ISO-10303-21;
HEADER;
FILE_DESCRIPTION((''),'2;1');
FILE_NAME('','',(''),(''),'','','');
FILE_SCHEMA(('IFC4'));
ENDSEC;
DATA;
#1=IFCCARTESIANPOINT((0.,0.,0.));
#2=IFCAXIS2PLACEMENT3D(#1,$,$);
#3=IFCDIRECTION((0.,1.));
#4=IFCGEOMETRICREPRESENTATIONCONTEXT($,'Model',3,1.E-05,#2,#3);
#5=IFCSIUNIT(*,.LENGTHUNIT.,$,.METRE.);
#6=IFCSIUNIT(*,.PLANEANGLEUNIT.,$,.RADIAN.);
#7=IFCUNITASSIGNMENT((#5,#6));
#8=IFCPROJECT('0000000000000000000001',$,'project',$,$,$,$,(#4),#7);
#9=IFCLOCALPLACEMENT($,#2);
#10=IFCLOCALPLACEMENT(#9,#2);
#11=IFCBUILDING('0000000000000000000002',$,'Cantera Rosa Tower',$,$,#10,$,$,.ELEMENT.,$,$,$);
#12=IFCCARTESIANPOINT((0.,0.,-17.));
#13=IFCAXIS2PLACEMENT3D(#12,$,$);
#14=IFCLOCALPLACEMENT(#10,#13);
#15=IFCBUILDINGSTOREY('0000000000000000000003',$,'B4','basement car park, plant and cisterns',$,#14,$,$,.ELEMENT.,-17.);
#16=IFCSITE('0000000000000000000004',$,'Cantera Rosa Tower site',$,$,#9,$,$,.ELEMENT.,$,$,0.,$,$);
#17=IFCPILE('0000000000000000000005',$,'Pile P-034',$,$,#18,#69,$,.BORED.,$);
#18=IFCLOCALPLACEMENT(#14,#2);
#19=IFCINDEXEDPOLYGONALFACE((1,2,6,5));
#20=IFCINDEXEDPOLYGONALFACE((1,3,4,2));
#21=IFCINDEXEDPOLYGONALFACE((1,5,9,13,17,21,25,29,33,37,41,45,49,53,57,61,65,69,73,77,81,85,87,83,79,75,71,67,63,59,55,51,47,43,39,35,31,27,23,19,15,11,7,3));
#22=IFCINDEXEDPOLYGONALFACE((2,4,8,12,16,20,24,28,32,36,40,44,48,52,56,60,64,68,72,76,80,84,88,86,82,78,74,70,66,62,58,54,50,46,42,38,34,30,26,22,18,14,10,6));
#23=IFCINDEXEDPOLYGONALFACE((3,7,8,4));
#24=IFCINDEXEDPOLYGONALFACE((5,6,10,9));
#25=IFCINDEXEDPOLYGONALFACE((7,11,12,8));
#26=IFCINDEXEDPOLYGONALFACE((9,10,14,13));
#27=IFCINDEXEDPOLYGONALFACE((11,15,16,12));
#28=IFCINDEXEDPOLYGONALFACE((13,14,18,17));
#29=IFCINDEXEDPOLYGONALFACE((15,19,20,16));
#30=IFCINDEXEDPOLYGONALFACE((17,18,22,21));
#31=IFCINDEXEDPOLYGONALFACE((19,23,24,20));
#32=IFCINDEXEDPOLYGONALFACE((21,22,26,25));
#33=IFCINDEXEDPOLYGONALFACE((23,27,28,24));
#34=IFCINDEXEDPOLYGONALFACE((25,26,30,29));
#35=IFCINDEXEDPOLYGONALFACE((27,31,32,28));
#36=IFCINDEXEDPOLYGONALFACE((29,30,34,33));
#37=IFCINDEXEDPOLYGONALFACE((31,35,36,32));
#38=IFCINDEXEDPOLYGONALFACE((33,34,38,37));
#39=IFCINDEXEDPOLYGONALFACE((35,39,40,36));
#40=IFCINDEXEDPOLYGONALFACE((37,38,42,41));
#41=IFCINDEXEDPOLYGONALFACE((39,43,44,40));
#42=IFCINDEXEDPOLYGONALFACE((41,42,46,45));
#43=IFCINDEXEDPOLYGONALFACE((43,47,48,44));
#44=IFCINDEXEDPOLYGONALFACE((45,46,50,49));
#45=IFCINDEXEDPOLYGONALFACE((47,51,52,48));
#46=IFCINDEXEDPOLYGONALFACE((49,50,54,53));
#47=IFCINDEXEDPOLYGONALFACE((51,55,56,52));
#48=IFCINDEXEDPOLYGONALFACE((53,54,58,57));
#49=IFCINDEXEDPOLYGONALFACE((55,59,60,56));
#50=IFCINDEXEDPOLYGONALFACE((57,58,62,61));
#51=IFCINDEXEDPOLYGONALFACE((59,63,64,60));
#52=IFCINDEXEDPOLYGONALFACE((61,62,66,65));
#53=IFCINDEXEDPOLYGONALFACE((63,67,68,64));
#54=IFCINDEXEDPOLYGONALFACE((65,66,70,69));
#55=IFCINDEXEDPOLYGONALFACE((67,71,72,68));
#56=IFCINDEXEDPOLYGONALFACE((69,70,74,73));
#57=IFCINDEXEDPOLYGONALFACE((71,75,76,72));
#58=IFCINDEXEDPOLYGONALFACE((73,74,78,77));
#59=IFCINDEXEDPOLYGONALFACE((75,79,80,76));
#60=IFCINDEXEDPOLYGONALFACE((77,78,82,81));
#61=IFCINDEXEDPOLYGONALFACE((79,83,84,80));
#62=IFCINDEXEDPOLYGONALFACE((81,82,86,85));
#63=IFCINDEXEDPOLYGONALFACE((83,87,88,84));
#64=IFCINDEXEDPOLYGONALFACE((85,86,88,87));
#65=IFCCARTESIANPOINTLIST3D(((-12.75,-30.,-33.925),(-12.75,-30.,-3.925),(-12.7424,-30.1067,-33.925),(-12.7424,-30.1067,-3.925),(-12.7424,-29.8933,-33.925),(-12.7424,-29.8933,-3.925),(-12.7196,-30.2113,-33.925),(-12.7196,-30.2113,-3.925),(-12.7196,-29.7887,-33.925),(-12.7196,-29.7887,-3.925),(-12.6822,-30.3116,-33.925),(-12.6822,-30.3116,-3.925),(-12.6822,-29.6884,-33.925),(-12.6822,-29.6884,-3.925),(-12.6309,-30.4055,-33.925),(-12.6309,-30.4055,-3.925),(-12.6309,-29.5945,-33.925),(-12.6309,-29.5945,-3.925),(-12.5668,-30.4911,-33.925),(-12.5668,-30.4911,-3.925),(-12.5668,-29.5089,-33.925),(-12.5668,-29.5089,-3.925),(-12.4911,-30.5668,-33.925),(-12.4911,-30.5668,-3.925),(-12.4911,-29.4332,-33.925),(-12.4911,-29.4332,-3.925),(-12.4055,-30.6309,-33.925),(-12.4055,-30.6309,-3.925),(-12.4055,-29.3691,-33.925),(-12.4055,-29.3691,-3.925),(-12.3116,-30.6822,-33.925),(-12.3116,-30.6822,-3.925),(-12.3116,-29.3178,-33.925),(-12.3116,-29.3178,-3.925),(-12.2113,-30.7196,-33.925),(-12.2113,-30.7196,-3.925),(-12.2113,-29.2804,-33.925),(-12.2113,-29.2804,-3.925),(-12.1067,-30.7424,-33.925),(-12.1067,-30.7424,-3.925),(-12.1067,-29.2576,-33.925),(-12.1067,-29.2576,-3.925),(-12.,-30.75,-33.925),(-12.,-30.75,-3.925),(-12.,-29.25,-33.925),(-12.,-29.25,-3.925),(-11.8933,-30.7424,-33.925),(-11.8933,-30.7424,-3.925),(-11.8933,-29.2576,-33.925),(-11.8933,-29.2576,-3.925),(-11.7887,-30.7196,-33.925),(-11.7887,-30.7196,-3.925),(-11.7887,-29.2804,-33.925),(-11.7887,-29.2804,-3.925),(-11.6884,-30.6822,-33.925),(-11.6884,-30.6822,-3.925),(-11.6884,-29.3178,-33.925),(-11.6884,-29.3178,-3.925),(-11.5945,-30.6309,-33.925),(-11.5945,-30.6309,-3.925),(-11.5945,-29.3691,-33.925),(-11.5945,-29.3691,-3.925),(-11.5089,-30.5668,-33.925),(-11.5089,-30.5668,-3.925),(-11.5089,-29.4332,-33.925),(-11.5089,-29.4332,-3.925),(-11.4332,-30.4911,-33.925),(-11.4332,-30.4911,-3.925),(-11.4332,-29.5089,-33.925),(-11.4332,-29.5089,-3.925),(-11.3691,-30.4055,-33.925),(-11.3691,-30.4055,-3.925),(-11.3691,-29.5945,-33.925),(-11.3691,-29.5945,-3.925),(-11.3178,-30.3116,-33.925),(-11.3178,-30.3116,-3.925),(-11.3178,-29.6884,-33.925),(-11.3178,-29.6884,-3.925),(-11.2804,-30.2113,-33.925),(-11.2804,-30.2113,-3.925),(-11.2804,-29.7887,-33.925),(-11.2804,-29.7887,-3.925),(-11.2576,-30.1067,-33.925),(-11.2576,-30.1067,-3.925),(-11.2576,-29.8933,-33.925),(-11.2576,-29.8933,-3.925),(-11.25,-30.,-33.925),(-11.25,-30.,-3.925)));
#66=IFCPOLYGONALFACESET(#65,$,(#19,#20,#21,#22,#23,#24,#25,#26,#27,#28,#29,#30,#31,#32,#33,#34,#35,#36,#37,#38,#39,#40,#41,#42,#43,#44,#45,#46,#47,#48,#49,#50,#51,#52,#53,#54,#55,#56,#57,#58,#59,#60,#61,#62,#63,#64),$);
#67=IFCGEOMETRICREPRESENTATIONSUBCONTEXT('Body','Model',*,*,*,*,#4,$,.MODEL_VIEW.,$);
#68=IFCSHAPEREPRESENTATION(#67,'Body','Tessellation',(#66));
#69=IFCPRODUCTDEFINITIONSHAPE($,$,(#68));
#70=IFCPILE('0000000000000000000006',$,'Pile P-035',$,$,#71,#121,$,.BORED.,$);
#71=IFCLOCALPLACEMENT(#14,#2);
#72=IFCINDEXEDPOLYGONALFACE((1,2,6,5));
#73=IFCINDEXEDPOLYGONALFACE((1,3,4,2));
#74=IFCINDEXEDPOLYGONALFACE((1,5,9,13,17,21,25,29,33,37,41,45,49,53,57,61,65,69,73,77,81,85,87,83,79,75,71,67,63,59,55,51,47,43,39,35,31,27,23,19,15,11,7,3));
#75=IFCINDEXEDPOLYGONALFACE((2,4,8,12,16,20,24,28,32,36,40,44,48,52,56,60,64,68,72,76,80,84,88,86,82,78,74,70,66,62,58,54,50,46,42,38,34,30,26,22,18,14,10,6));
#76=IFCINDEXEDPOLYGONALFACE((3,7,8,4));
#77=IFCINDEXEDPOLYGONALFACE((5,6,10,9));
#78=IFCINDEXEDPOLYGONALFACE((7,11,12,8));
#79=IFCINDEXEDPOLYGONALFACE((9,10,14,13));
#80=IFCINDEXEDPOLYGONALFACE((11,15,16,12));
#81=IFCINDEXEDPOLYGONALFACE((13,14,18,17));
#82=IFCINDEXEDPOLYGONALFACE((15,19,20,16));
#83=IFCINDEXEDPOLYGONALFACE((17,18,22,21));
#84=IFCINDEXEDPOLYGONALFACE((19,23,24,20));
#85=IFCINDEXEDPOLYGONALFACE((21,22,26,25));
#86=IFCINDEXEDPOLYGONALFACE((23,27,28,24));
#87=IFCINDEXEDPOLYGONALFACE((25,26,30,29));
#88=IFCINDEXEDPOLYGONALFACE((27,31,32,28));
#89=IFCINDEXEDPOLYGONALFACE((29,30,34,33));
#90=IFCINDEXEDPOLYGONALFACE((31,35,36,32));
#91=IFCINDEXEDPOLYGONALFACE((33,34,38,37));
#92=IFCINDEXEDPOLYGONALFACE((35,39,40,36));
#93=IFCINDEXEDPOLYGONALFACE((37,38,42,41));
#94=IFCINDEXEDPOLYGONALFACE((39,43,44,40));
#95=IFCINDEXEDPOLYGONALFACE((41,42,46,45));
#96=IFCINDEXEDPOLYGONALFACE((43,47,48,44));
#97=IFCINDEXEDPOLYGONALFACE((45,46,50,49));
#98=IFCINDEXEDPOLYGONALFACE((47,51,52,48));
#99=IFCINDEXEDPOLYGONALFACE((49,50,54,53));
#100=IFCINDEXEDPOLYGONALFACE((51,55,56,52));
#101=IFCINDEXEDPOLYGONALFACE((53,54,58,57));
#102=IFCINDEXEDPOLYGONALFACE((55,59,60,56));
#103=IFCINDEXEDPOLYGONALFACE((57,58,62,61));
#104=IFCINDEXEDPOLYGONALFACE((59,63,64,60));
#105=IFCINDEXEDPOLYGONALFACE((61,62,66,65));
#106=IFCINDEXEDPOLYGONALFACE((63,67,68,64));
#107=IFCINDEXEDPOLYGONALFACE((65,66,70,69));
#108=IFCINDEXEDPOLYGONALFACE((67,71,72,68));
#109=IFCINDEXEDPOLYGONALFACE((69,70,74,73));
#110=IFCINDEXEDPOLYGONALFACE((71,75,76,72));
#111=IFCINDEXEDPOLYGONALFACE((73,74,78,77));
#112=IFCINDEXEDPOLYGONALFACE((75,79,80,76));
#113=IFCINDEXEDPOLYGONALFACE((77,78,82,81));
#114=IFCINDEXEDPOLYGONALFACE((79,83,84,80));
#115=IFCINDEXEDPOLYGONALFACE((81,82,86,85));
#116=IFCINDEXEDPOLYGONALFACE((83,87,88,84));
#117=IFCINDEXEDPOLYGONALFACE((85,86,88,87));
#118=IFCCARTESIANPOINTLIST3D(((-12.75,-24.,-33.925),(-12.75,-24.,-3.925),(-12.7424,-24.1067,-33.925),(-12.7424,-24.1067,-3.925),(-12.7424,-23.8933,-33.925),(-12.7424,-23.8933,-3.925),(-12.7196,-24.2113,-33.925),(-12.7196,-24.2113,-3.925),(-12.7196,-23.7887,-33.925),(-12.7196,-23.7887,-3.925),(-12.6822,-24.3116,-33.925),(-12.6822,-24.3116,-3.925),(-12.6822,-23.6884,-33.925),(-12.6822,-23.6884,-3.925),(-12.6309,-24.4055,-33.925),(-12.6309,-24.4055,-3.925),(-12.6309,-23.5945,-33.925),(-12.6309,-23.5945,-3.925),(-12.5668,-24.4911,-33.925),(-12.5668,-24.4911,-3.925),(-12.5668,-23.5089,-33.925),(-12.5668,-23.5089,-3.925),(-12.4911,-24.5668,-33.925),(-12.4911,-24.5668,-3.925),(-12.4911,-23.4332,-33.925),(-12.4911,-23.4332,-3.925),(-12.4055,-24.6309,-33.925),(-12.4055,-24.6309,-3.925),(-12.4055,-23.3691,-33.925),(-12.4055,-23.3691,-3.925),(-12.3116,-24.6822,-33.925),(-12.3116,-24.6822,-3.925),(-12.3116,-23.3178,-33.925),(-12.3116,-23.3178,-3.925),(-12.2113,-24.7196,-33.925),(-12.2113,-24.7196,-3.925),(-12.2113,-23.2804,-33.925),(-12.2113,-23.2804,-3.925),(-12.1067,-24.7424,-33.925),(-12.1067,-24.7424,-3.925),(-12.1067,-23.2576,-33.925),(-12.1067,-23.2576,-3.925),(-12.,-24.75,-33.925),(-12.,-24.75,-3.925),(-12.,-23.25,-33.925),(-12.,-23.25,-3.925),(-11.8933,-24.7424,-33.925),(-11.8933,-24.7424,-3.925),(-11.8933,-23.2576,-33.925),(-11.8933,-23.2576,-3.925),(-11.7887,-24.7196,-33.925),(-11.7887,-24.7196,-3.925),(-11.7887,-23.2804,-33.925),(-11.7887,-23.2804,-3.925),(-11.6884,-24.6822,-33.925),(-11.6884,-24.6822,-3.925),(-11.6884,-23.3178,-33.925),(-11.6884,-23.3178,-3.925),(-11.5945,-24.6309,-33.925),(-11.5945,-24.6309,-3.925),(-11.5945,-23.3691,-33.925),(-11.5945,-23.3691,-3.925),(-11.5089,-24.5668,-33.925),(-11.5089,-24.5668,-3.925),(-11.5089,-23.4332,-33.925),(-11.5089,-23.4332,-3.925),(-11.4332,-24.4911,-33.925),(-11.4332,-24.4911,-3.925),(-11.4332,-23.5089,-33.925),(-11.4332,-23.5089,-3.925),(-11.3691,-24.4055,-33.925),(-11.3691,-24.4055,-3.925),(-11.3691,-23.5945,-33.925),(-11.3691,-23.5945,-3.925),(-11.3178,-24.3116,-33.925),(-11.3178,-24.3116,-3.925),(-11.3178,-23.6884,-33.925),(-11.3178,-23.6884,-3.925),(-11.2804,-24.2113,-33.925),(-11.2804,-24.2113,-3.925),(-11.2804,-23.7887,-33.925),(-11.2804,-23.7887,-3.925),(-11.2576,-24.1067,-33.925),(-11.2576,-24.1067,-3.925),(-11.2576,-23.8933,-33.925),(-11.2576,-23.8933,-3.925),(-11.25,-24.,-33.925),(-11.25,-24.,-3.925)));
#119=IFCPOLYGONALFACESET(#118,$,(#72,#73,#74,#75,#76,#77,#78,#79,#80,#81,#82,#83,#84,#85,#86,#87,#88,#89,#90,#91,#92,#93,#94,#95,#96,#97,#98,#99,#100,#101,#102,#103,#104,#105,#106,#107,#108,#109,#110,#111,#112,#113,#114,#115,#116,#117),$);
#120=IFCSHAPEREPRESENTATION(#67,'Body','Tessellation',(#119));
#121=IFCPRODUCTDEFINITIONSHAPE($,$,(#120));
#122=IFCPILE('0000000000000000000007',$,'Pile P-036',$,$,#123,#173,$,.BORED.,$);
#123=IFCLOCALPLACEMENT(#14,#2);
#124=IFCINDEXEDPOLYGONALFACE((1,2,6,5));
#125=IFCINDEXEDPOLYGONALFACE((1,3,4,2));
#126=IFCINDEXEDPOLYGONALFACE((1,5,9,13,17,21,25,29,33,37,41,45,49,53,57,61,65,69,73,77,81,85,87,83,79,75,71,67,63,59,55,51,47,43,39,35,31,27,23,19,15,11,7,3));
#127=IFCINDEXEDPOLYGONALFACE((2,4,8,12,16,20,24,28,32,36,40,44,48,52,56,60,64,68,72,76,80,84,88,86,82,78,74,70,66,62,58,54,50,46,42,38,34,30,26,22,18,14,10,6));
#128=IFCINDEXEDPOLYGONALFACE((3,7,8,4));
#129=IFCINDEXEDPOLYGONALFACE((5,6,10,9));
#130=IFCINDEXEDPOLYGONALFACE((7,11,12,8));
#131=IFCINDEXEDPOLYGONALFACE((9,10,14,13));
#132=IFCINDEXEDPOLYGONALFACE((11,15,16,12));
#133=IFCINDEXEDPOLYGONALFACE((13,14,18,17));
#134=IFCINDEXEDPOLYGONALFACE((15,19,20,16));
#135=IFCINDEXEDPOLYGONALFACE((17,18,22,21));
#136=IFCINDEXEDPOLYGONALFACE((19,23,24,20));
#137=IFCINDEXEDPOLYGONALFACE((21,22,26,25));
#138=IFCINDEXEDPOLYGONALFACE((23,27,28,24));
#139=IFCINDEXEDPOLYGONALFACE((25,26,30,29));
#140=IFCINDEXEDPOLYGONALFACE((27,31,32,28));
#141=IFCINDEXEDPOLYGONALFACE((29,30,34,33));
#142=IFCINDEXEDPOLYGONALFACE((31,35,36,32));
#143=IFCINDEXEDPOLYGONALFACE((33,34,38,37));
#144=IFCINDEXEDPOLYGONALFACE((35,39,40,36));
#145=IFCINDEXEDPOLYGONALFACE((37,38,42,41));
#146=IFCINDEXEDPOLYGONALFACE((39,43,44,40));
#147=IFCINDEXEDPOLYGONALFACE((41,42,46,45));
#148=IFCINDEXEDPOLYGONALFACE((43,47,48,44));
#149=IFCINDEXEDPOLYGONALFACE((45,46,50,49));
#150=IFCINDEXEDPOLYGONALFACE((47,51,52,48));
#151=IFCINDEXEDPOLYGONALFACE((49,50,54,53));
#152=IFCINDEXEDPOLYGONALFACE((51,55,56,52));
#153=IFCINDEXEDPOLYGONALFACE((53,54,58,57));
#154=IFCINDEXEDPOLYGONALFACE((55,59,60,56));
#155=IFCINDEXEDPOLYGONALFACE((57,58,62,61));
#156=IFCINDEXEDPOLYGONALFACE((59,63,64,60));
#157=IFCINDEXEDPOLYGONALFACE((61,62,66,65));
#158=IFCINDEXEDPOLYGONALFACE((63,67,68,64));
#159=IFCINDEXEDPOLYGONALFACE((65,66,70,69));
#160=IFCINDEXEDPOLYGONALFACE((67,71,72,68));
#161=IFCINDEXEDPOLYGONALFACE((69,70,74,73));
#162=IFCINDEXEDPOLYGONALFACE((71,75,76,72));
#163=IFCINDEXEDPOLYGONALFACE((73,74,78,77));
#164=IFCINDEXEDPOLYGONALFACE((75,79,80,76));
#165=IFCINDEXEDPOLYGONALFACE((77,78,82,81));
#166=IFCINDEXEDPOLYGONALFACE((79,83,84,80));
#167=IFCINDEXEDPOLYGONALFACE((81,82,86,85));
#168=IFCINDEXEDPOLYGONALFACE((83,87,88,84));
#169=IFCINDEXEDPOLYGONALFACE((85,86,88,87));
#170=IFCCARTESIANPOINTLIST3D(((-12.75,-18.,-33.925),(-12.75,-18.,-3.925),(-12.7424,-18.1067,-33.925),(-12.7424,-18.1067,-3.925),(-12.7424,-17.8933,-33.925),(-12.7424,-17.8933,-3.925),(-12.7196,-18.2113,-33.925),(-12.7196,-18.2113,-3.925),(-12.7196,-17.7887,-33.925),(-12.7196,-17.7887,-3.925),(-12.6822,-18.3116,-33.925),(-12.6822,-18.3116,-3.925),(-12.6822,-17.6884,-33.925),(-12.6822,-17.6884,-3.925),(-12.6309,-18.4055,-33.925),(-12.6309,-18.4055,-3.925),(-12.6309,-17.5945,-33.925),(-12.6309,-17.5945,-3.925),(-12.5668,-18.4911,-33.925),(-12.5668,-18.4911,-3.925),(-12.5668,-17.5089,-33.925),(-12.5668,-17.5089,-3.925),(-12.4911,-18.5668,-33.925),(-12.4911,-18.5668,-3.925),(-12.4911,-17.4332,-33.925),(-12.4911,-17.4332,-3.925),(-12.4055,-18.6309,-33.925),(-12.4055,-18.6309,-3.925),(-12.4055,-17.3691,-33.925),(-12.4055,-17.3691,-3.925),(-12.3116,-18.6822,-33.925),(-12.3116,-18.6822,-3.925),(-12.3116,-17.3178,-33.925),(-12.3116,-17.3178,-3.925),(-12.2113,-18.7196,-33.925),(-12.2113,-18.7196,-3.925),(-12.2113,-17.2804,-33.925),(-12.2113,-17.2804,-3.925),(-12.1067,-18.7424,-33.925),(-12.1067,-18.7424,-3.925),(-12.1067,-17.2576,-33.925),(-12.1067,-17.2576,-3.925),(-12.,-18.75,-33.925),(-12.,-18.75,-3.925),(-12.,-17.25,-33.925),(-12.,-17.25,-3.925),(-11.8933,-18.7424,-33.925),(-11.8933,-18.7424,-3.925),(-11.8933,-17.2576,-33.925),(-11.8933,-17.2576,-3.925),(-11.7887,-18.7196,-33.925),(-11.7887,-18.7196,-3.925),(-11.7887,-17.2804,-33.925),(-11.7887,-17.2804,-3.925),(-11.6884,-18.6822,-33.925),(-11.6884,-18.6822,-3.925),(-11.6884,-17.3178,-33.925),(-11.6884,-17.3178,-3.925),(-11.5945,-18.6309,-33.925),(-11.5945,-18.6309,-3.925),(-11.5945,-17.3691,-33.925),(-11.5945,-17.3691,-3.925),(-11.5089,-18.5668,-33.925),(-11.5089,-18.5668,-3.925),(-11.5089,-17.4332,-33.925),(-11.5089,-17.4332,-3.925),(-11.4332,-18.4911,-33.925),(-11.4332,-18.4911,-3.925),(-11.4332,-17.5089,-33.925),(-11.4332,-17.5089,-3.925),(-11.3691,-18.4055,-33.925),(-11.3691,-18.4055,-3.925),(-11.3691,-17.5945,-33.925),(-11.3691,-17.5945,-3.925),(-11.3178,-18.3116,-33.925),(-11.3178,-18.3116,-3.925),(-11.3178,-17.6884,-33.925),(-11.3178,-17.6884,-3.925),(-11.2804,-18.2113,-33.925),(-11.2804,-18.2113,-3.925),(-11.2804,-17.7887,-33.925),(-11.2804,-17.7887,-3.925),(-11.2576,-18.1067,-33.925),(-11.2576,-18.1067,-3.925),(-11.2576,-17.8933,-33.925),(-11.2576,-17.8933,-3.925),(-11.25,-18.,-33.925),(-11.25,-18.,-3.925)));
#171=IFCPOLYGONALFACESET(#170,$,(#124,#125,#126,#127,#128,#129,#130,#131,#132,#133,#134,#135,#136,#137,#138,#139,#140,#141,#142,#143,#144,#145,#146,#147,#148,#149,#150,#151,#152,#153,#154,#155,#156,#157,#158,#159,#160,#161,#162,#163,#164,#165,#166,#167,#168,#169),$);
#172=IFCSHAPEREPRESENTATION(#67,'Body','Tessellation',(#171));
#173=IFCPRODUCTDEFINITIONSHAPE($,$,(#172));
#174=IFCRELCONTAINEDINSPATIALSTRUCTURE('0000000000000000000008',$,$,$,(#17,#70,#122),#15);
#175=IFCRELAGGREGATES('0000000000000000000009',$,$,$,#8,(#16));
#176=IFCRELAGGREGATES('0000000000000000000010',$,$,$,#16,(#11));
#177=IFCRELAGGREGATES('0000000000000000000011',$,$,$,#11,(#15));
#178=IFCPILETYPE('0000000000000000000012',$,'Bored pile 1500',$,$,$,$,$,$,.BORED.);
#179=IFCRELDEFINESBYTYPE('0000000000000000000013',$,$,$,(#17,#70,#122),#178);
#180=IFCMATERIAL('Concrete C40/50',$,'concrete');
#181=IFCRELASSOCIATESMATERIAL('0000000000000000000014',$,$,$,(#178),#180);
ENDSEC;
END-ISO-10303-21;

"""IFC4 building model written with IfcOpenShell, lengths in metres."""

from ifc_helpers import new_model, si_unit, direction, frame, origin, origin_2d, place, context, subcontext, project, spatial, circle, extrude, material, material_profile, profile_set, type_object, element, save


model = new_model("IFC4")

# Units and contexts
model_context = context("Model", 3, precision=1e-05, world=origin(), true_north=direction((0.0, 1.0)))
body_context = subcontext(model_context, "Body", "Model", "MODEL_VIEW")
ifc_project = project(units=[si_unit("LENGTHUNIT", "METRE"), si_unit("PLANEANGLEUNIT", "RADIAN")], contexts=[model_context])

# Site, building, storey
site_placement = place(None, origin())
site = spatial("IfcSite", under=ifc_project, at=site_placement, Name="Cantera Rosa Tower site", CompositionType="ELEMENT", RefElevation=0.0)
building_placement = place(site_placement, origin())
building = spatial("IfcBuilding", under=site, at=building_placement, Name="Cantera Rosa Tower", CompositionType="ELEMENT")
storey_placement = place(building_placement, frame((0.0, 0.0, -17.0)))
storey = spatial("IfcBuildingStorey", under=building, at=storey_placement, Name="B4", Description="basement car park, plant and cisterns", CompositionType="ELEMENT", Elevation=-17.0)

# Piles
ifc_material_1 = material(Name="Concrete C40/50", Category="concrete")
ifc_material_profile_1 = material_profile(ifc_material_1, circle(Radius=0.75, at=origin_2d()), Name="Bored pile 1500")
ifc_profile_set_1 = profile_set([ifc_material_profile_1], Name="Concrete C40/50")
pile_type = type_object("IfcPileType", Name="Bored pile 1500", PredefinedType="BORED", material=ifc_profile_set_1)
for number, where, z_axis, x_axis, name in (
    (1, (-12.0, -30.0, -3.925), (0.0, 0.0, -1.0), (1.0, 0.0, 0.0), "Pile P-034"),
    (2, (-12.0, -24.0, -3.925), (0.0, 0.0, -1.0), (1.0, 0.0, 0.0), "Pile P-035"),
    (3, (-12.0, -18.0, -3.925), (0.0, 0.0, -1.0), (1.0, 0.0, 0.0), "Pile P-036"),
):
    element("IfcPile", number, at=place(storey_placement, frame(where, z_axis=z_axis, x_axis=x_axis)), inside=storey, type_object=pile_type, Name=name, PredefinedType="BORED", context=body_context, shape_type="SweptSolid", body=[
        extrude(circle(Radius=0.75, at=origin_2d()), origin(), (0.0, 0.0, 1.0), 30.0),
    ])

save(model, "model.ifc")
